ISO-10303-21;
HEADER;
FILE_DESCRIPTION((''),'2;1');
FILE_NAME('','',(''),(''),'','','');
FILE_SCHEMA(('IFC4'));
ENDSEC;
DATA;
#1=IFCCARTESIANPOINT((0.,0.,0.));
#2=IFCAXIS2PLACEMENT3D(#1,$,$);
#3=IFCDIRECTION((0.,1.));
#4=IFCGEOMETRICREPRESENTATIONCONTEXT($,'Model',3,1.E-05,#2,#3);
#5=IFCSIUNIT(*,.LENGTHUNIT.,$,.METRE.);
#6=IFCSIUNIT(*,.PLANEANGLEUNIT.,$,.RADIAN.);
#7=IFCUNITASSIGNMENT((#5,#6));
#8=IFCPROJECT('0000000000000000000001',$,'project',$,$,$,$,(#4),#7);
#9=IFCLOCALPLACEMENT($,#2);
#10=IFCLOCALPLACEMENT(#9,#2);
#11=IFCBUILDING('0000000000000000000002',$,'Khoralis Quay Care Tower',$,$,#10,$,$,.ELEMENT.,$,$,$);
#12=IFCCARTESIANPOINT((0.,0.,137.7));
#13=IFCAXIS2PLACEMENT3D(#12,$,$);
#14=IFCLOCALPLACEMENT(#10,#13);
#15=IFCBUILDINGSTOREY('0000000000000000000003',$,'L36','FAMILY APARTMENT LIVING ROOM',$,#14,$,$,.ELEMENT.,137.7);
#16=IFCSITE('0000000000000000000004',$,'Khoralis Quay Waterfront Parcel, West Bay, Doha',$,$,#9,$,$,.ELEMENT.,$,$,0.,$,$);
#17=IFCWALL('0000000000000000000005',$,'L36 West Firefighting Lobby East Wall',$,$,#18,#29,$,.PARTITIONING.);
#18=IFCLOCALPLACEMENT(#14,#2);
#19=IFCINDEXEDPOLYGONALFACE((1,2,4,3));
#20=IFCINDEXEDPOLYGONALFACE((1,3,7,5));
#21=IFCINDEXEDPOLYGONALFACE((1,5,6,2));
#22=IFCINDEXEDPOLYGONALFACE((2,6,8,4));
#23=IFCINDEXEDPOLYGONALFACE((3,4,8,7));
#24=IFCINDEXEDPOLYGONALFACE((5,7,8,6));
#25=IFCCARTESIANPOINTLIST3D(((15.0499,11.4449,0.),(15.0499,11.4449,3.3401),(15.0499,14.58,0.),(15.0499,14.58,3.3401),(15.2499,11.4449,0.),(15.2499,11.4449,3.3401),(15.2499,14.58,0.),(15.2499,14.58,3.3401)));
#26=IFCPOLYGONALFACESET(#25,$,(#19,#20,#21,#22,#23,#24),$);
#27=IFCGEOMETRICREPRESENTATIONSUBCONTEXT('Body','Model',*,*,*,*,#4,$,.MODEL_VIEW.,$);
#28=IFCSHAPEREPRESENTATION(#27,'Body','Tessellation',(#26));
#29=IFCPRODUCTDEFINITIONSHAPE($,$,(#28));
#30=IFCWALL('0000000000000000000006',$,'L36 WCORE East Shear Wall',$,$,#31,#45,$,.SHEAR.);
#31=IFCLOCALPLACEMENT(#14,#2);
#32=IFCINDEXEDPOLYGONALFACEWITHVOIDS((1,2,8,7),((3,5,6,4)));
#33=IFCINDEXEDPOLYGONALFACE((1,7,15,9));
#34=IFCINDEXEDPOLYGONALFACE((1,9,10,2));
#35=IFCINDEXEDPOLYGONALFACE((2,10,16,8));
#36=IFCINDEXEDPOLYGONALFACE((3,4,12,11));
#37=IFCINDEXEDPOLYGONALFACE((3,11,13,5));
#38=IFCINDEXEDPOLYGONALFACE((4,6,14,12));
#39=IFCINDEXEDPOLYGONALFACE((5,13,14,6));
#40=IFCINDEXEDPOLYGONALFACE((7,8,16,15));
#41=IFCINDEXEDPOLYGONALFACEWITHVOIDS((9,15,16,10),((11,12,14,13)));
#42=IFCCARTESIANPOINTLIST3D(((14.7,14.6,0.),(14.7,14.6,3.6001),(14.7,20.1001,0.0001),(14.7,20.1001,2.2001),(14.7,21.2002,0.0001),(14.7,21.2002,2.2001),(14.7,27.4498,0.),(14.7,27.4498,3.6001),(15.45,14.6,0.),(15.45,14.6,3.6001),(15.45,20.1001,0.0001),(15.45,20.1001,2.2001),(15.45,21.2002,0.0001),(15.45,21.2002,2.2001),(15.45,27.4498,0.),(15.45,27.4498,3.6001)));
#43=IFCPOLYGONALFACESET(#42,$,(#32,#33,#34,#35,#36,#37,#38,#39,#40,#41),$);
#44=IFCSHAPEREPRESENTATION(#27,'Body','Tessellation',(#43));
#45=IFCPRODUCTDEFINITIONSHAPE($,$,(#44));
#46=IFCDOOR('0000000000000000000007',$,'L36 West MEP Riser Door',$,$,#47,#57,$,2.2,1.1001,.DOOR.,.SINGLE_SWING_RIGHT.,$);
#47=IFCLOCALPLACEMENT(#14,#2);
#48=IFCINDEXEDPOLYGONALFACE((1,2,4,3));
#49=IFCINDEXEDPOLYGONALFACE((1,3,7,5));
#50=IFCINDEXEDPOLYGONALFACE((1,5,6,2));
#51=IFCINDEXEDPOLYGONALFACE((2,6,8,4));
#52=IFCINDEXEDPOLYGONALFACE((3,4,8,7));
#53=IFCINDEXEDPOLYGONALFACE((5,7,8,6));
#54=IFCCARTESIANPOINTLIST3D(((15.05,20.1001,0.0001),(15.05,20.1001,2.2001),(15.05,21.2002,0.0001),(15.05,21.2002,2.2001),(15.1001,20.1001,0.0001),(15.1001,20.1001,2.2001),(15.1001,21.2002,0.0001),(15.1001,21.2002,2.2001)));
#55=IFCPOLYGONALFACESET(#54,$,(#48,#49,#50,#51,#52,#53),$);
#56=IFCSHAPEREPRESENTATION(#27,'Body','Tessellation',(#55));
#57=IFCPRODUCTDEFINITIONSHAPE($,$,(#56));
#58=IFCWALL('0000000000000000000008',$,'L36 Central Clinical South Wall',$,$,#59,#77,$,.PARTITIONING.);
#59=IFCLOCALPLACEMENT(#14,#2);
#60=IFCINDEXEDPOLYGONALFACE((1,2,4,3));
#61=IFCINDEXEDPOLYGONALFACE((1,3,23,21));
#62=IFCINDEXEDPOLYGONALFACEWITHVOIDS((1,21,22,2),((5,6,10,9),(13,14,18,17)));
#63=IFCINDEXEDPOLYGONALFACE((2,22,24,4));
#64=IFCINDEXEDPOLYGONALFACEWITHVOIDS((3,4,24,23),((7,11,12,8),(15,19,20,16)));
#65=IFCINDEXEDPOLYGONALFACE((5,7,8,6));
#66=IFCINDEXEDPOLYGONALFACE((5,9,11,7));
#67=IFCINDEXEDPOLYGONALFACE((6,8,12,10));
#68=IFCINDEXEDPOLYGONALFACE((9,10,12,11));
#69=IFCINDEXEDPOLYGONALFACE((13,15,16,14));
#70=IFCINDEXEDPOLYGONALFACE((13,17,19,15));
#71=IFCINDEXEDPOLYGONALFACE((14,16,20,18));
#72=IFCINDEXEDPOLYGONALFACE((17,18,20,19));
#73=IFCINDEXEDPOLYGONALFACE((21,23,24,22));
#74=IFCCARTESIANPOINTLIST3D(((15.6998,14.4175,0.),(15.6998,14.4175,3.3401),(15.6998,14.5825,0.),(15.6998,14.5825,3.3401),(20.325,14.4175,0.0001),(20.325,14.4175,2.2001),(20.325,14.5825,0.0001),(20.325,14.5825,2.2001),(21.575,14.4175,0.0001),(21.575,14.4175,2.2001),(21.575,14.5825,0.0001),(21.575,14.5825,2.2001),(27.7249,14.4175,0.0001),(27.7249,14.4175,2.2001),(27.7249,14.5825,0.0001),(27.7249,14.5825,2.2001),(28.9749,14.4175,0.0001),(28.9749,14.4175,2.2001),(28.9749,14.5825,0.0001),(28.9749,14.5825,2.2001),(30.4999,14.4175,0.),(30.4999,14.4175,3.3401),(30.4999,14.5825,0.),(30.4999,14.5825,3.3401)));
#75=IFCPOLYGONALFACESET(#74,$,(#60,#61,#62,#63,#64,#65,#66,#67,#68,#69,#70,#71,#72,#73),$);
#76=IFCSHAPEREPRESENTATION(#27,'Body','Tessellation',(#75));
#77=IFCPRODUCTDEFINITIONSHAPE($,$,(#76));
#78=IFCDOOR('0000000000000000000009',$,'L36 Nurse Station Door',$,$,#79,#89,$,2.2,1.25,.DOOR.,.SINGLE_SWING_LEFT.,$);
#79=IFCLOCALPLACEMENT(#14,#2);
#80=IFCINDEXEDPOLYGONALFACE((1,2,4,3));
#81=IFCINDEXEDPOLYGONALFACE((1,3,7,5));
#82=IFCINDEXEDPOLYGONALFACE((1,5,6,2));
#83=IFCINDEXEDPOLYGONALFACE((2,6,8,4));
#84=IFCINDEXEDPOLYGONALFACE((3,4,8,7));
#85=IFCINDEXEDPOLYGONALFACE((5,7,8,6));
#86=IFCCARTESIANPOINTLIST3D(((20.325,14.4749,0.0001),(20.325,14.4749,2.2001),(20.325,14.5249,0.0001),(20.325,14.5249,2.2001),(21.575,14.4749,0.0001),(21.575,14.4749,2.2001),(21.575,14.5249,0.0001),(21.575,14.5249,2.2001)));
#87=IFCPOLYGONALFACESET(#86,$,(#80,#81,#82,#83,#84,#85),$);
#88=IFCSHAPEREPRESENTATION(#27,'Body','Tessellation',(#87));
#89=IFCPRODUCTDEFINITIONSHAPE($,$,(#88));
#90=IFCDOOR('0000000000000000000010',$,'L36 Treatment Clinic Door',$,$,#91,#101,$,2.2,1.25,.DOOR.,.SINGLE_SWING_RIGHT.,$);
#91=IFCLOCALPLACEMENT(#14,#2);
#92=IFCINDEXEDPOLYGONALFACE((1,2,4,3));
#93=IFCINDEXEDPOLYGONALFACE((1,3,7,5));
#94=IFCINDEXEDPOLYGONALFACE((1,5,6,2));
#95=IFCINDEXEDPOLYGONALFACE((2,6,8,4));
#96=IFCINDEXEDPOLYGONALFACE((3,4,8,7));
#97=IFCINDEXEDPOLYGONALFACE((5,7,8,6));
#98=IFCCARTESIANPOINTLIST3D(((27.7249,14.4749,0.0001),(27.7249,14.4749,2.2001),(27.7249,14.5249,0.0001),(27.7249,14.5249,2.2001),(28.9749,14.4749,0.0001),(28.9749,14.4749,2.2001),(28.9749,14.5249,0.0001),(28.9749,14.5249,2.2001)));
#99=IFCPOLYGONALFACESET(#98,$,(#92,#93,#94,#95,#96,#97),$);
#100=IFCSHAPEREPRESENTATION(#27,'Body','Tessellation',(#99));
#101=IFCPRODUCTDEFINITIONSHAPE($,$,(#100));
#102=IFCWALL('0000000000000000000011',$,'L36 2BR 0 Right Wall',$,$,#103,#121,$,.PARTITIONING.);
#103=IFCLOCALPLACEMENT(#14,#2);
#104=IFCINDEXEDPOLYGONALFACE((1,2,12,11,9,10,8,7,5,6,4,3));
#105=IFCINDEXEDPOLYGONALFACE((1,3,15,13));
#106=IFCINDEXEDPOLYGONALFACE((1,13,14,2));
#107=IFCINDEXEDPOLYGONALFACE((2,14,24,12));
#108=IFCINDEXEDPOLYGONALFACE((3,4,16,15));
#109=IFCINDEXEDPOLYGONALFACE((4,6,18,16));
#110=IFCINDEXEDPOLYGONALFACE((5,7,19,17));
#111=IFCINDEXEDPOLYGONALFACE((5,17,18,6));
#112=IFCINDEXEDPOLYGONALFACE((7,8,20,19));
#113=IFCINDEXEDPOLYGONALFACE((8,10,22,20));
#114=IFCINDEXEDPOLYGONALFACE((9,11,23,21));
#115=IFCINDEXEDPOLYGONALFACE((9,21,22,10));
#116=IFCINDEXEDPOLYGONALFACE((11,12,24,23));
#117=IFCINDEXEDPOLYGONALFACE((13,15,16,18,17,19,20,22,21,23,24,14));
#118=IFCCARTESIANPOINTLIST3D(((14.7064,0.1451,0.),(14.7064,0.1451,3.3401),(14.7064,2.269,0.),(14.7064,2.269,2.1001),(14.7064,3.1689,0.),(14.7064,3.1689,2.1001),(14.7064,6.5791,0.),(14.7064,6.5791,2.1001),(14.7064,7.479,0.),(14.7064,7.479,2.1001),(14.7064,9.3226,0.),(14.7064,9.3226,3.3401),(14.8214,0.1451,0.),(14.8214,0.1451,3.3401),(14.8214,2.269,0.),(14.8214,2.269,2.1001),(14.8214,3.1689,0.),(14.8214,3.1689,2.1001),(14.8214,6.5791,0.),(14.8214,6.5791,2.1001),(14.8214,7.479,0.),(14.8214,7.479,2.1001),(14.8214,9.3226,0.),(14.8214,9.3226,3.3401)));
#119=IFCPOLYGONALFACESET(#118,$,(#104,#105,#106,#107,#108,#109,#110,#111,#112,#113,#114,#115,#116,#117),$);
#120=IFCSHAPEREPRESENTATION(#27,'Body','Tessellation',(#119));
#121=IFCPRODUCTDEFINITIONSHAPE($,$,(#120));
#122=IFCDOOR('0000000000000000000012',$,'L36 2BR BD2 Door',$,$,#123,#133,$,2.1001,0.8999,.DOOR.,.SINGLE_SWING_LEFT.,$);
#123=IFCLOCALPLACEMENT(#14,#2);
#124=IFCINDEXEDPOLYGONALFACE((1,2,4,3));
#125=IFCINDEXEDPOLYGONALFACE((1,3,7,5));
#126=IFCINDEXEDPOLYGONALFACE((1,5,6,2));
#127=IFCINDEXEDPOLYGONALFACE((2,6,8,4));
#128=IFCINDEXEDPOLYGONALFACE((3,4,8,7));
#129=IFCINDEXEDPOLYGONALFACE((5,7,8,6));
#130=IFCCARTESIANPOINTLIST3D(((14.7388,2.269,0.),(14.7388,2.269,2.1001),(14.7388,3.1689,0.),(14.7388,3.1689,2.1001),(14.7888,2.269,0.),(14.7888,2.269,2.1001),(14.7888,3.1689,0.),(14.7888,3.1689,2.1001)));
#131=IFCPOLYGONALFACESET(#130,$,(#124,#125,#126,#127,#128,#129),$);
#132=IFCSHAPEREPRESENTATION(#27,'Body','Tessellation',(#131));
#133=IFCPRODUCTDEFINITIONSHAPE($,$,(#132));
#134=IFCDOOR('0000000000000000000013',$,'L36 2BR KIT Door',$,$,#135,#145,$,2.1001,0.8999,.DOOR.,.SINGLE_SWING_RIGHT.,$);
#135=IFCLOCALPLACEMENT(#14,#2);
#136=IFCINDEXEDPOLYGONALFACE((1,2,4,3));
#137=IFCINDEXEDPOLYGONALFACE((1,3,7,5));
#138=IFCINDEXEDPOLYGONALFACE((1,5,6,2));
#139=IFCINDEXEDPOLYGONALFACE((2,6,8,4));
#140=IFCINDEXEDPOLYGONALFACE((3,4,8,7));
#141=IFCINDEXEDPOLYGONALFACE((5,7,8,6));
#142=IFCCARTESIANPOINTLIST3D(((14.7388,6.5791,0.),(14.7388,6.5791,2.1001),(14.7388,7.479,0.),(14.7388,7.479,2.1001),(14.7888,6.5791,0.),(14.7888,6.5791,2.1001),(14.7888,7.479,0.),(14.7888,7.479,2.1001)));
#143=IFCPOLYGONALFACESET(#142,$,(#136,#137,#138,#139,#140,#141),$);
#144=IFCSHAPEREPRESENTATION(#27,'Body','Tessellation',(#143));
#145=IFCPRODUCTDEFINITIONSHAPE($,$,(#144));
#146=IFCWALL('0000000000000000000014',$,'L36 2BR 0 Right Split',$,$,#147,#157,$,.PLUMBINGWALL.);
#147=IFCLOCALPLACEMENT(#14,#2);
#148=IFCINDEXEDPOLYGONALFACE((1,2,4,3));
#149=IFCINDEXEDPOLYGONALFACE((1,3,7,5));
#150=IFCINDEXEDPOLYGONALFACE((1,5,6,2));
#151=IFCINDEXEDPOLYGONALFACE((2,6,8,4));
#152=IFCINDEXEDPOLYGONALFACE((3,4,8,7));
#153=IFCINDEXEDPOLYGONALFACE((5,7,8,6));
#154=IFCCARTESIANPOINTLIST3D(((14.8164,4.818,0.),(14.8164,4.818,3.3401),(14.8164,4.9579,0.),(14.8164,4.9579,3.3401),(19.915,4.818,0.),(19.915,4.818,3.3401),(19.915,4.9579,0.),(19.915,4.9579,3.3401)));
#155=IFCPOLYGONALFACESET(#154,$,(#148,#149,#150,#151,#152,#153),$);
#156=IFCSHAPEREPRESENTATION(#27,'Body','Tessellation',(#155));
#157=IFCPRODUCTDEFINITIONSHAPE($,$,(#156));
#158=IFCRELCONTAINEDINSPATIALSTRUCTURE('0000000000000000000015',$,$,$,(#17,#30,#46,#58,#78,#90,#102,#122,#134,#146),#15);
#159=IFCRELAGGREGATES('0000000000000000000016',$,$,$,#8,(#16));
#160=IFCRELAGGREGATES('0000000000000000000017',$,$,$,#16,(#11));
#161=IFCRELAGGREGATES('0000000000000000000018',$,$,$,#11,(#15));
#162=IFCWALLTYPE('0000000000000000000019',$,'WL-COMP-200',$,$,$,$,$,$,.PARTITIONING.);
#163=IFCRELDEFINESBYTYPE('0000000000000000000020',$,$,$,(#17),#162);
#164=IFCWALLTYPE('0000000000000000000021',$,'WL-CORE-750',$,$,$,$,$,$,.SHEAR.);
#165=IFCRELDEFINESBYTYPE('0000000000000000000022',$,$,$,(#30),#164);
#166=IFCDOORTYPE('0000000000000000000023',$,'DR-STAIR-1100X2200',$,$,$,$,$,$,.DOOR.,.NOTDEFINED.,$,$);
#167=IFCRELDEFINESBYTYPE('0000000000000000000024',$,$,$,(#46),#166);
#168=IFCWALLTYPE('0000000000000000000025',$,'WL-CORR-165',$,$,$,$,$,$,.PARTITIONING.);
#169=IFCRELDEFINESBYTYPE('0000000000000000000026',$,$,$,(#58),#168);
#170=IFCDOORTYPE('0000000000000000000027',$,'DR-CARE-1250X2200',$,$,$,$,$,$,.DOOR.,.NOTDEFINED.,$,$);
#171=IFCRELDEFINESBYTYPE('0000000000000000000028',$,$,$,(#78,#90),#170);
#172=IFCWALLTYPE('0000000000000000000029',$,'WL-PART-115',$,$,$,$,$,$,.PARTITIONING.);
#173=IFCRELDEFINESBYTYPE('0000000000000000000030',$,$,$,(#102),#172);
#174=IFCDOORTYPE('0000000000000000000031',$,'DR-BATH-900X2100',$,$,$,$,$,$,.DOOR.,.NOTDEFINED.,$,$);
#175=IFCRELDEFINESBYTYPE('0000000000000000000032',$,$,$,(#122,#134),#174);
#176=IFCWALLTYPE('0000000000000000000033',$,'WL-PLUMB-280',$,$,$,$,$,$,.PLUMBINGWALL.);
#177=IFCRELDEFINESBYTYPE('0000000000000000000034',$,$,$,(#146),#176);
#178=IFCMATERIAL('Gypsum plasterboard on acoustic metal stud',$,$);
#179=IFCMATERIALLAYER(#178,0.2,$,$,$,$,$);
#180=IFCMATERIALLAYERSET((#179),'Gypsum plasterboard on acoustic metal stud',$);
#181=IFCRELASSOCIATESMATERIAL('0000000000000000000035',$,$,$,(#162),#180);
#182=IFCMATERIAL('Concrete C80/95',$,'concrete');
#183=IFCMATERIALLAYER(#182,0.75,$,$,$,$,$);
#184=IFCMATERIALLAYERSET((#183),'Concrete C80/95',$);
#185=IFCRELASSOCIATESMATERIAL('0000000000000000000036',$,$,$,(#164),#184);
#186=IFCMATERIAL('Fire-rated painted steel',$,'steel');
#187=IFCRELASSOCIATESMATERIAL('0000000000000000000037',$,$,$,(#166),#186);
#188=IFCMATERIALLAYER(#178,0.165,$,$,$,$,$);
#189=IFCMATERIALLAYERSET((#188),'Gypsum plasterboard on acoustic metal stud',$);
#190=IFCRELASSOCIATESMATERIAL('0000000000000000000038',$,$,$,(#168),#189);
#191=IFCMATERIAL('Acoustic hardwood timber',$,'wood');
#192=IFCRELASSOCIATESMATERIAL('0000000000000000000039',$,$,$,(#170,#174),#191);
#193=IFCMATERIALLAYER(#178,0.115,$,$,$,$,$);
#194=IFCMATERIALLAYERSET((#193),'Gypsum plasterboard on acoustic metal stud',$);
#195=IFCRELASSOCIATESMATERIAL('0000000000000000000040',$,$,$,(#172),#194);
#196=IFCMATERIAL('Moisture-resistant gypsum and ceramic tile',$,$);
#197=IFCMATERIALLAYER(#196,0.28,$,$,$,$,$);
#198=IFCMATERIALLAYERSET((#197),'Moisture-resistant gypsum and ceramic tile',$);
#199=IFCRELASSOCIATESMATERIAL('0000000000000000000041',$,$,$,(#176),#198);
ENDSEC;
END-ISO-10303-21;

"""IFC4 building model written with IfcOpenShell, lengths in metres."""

from ifc_helpers import new_model, si_unit, direction, frame, frame_2d, origin, place, context, subcontext, project, spatial, rectangle, extrude, source, transform, mapped, material, layer, layer_set, type_object, element, fill, save


model = new_model("IFC4")

# Units and contexts
model_context = context("Model", 3, precision=1e-05, world=origin(), true_north=direction((0.0, 1.0)))
body_context = subcontext(model_context, "Body", "Model", "MODEL_VIEW")
ifc_project = project(units=[si_unit("LENGTHUNIT", "METRE"), si_unit("PLANEANGLEUNIT", "RADIAN")], contexts=[model_context])

# Site, building, storey
site_placement = place(None, origin())
site = spatial("IfcSite", under=ifc_project, at=site_placement, Name="Khoralis Quay Waterfront Parcel, West Bay, Doha", CompositionType="ELEMENT", RefElevation=0.0)
building_placement = place(site_placement, origin())
building = spatial("IfcBuilding", under=site, at=building_placement, Name="Khoralis Quay Care Tower", CompositionType="ELEMENT")
storey_placement = place(building_placement, frame((0.0, 0.0, 137.7)))
storey = spatial("IfcBuildingStorey", under=building, at=storey_placement, Name="L36", Description="FAMILY APARTMENT LIVING ROOM", CompositionType="ELEMENT", Elevation=137.7)

# Wall
ifc_material_1 = material(Name="Gypsum plasterboard on acoustic metal stud")
ifc_layer_1 = layer(ifc_material_1, 0.2)
ifc_layer_set_1 = layer_set([ifc_layer_1], Name="Gypsum plasterboard on acoustic metal stud")
wall_type_1 = type_object("IfcWallType", Name="WL-COMP-200", PredefinedType="PARTITIONING", material=ifc_layer_set_1)
wall_1_placement = place(storey_placement, frame((15.1499, 11.4451, 0.0), z_axis=(0.0, 0.0, 1.0), x_axis=(0.0, 1.0, 0.0)))
element("IfcWall", 1, at=wall_1_placement, inside=storey, type_object=wall_type_1, Name="L36 West Firefighting Lobby East Wall", PredefinedType="PARTITIONING", context=body_context, shape_type="SweptSolid", body=[
    extrude(rectangle(XDim=3.135, YDim=0.2, at=frame_2d((1.5674, 0.0))), origin(), (0.0, 0.0, 1.0), 3.3401),
])

# Wall, opening, door
ifc_material_2 = material(Name="Concrete C80/95", Category="concrete")
ifc_layer_2 = layer(ifc_material_2, 0.75)
ifc_layer_set_2 = layer_set([ifc_layer_2], Name="Concrete C80/95")
wall_type_2 = type_object("IfcWallType", Name="WL-CORE-750", PredefinedType="SHEAR", material=ifc_layer_set_2)
wall_2_placement = place(storey_placement, frame((15.075, 14.6001, 0.0), z_axis=(0.0, 0.0, 1.0), x_axis=(0.0, 1.0, 0.0)))
wall_2 = element("IfcWall", 2, at=wall_2_placement, inside=storey, type_object=wall_type_2, Name="L36 WCORE East Shear Wall", PredefinedType="SHEAR", context=body_context, shape_type="SweptSolid", body=[
    extrude(rectangle(XDim=12.8499, YDim=0.75, at=frame_2d((6.4248, 0.0))), origin(), (0.0, 0.0, 1.0), 3.6001),
])
opening_1_placement = place(wall_2_placement, frame((5.5, 0.0, 0.0)))
opening_1 = element("IfcOpeningElement", 3, at=opening_1_placement, cuts=wall_2, PredefinedType="OPENING", context=body_context, shape_type="SweptSolid", body=[
    extrude(rectangle(XDim=1.1001, YDim=2.2, at=frame_2d((0.55, 1.1001))), frame((0.0, 0.385, 0.0), z_axis=(0.0, -1.0, 0.0), x_axis=(1.0, 0.0, 0.0)), (0.0, 0.0, 1.0), 0.77),
])
ifc_material_3 = material(Name="Fire-rated painted steel", Category="steel")
door_type_1 = type_object("IfcDoorType", Name="DR-STAIR-1100X2200", OperationType="NOTDEFINED", PredefinedType="DOOR", material=ifc_material_3)
shared_shape_1 = source(origin(), body_context, "Body", "SweptSolid", [
    extrude(rectangle(XDim=1.1001, YDim=2.2, at=frame_2d((0.55, 1.1001))), frame((0.0, 0.0249, 0.0), z_axis=(0.0, -1.0, 0.0), x_axis=(1.0, 0.0, 0.0)), (0.0, 0.0, 1.0), 0.05),
])
door_1_placement = place(opening_1_placement, origin())
door_1 = element("IfcDoor", 4, at=door_1_placement, inside=storey, type_object=door_type_1, Name="L36 West MEP Riser Door", OperationType="SINGLE_SWING_RIGHT", OverallHeight=2.2, OverallWidth=1.1001, PredefinedType="DOOR", context=body_context, shape_type="MappedRepresentation", body=[
    mapped(shared_shape_1, transform((0.0, 0.0, 0.0), scale=1.0)),
])
fill(opening_1, door_1)

# Walls, openings, doors
ifc_layer_3 = layer(ifc_material_1, 0.165)
ifc_layer_set_3 = layer_set([ifc_layer_3], Name="Gypsum plasterboard on acoustic metal stud")
wall_type_3 = type_object("IfcWallType", Name="WL-CORR-165", PredefinedType="PARTITIONING", material=ifc_layer_set_3)
wall_3_placement = place(storey_placement, frame((15.7, 14.5, 0.0), z_axis=(0.0, 0.0, 1.0), x_axis=(1.0, 0.0, 0.0)))
wall_3 = element("IfcWall", 5, at=wall_3_placement, inside=storey, type_object=wall_type_3, Name="L36 Central Clinical South Wall", PredefinedType="PARTITIONING", context=body_context, shape_type="SweptSolid", body=[
    extrude(rectangle(XDim=14.8, YDim=0.165, at=frame_2d((7.3999, 0.0))), origin(), (0.0, 0.0, 1.0), 3.3401),
])
opening_2_placement = place(wall_3_placement, frame((4.625, 0.0, 0.0)))
opening_2 = element("IfcOpeningElement", 6, at=opening_2_placement, cuts=wall_3, PredefinedType="OPENING", context=body_context, shape_type="SweptSolid", body=[
    extrude(rectangle(XDim=1.25, YDim=2.2, at=frame_2d((0.625, 1.1001))), frame((0.0, 0.0925, 0.0), z_axis=(0.0, -1.0, 0.0), x_axis=(1.0, 0.0, 0.0)), (0.0, 0.0, 1.0), 0.1851),
])
opening_3_placement = place(wall_3_placement, frame((12.0249, 0.0, 0.0)))
opening_3 = element("IfcOpeningElement", 7, at=opening_3_placement, cuts=wall_3, PredefinedType="OPENING", context=body_context, shape_type="SweptSolid", body=[
    extrude(rectangle(XDim=1.25, YDim=2.2, at=frame_2d((0.625, 1.1001))), frame((0.0, 0.0925, 0.0), z_axis=(0.0, -1.0, 0.0), x_axis=(1.0, 0.0, 0.0)), (0.0, 0.0, 1.0), 0.1851),
])
ifc_material_4 = material(Name="Acoustic hardwood timber", Category="wood")
door_type_2 = type_object("IfcDoorType", Name="DR-CARE-1250X2200", OperationType="NOTDEFINED", PredefinedType="DOOR", material=ifc_material_4)
shared_shape_2 = source(origin(), body_context, "Body", "SweptSolid", [
    extrude(rectangle(XDim=1.25, YDim=2.2, at=frame_2d((0.625, 1.1001))), frame((0.0, 0.0249, 0.0), z_axis=(0.0, -1.0, 0.0), x_axis=(1.0, 0.0, 0.0)), (0.0, 0.0, 1.0), 0.05),
])
door_2_placement = place(opening_2_placement, origin())
door_2 = element("IfcDoor", 8, at=door_2_placement, inside=storey, type_object=door_type_2, Name="L36 Nurse Station Door", OperationType="SINGLE_SWING_LEFT", OverallHeight=2.2, OverallWidth=1.25, PredefinedType="DOOR", context=body_context, shape_type="MappedRepresentation", body=[
    mapped(shared_shape_2, transform((0.0, 0.0, 0.0), scale=1.0)),
])
fill(opening_2, door_2)
door_3_placement = place(opening_3_placement, origin())
door_3 = element("IfcDoor", 9, at=door_3_placement, inside=storey, type_object=door_type_2, Name="L36 Treatment Clinic Door", OperationType="SINGLE_SWING_RIGHT", OverallHeight=2.2, OverallWidth=1.25, PredefinedType="DOOR", context=body_context, shape_type="MappedRepresentation", body=[
    mapped(shared_shape_2, transform((0.0, 0.0, 0.0), scale=1.0)),
])
fill(opening_3, door_3)
ifc_layer_4 = layer(ifc_material_1, 0.115)
ifc_layer_set_4 = layer_set([ifc_layer_4], Name="Gypsum plasterboard on acoustic metal stud")
wall_type_4 = type_object("IfcWallType", Name="WL-PART-115", PredefinedType="PARTITIONING", material=ifc_layer_set_4)
wall_4_placement = place(storey_placement, frame((14.7639, 0.145, 0.0), z_axis=(0.0, 0.0, 1.0), x_axis=(0.0, 1.0, 0.0)))
wall_4 = element("IfcWall", 10, at=wall_4_placement, inside=storey, type_object=wall_type_4, Name="L36 2BR 0 Right Wall", PredefinedType="PARTITIONING", context=body_context, shape_type="SweptSolid", body=[
    extrude(rectangle(XDim=9.1775, YDim=0.115, at=frame_2d((4.5889, 0.0))), origin(), (0.0, 0.0, 1.0), 3.3401),
])
opening_4_placement = place(wall_4_placement, frame((2.124, 0.0, 0.0)))
opening_4 = element("IfcOpeningElement", 11, at=opening_4_placement, cuts=wall_4, PredefinedType="OPENING", context=body_context, shape_type="SweptSolid", body=[
    extrude(rectangle(XDim=0.8999, YDim=2.1001, at=frame_2d((0.45, 1.05))), frame((0.0, 0.0674, 0.0), z_axis=(0.0, -1.0, 0.0), x_axis=(1.0, 0.0, 0.0)), (0.0, 0.0, 1.0), 0.135),
])
opening_5_placement = place(wall_4_placement, frame((6.4341, 0.0, 0.0)))
opening_5 = element("IfcOpeningElement", 12, at=opening_5_placement, cuts=wall_4, PredefinedType="OPENING", context=body_context, shape_type="SweptSolid", body=[
    extrude(rectangle(XDim=0.8999, YDim=2.1001, at=frame_2d((0.45, 1.05))), frame((0.0, 0.0674, 0.0), z_axis=(0.0, -1.0, 0.0), x_axis=(1.0, 0.0, 0.0)), (0.0, 0.0, 1.0), 0.135),
])
door_type_3 = type_object("IfcDoorType", Name="DR-BATH-900X2100", OperationType="NOTDEFINED", PredefinedType="DOOR", material=ifc_material_4)
shared_shape_3 = source(origin(), body_context, "Body", "SweptSolid", [
    extrude(rectangle(XDim=0.8999, YDim=2.1001, at=frame_2d((0.45, 1.05))), frame((0.0, 0.0249, 0.0), z_axis=(0.0, -1.0, 0.0), x_axis=(1.0, 0.0, 0.0)), (0.0, 0.0, 1.0), 0.05),
])
door_4_placement = place(opening_4_placement, frame((0.8999, 0.0, 0.0), z_axis=(0.0, 0.0, 1.0), x_axis=(-1.0, 0.0, 0.0)))
door_4 = element("IfcDoor", 13, at=door_4_placement, inside=storey, type_object=door_type_3, Name="L36 2BR BD2 Door", OperationType="SINGLE_SWING_LEFT", OverallHeight=2.1001, OverallWidth=0.8999, PredefinedType="DOOR", context=body_context, shape_type="MappedRepresentation", body=[
    mapped(shared_shape_3, transform((0.0, 0.0, 0.0), scale=1.0)),
])
fill(opening_4, door_4)
door_5_placement = place(opening_5_placement, frame((0.8999, 0.0, 0.0), z_axis=(0.0, 0.0, 1.0), x_axis=(-1.0, 0.0, 0.0)))
door_5 = element("IfcDoor", 14, at=door_5_placement, inside=storey, type_object=door_type_3, Name="L36 2BR KIT Door", OperationType="SINGLE_SWING_RIGHT", OverallHeight=2.1001, OverallWidth=0.8999, PredefinedType="DOOR", context=body_context, shape_type="MappedRepresentation", body=[
    mapped(shared_shape_3, transform((0.0, 0.0, 0.0), scale=1.0)),
])
fill(opening_5, door_5)

# Wall
ifc_material_5 = material(Name="Moisture-resistant gypsum and ceramic tile")
ifc_layer_5 = layer(ifc_material_5, 0.28)
ifc_layer_set_5 = layer_set([ifc_layer_5], Name="Moisture-resistant gypsum and ceramic tile")
wall_type_5 = type_object("IfcWallType", Name="WL-PLUMB-280", PredefinedType="PLUMBINGWALL", material=ifc_layer_set_5)
wall_5_placement = place(storey_placement, frame((14.8164, 4.8879, 0.0), z_axis=(0.0, 0.0, 1.0), x_axis=(1.0, 0.0, 0.0)))
element("IfcWall", 15, at=wall_5_placement, inside=storey, type_object=wall_type_5, Name="L36 2BR 0 Right Split", PredefinedType="PLUMBINGWALL", context=body_context, shape_type="SweptSolid", body=[
    extrude(rectangle(XDim=5.0986, YDim=0.1399, at=frame_2d((2.5493, 0.0))), origin(), (0.0, 0.0, 1.0), 3.3401),
])

save(model, "model.ifc")
